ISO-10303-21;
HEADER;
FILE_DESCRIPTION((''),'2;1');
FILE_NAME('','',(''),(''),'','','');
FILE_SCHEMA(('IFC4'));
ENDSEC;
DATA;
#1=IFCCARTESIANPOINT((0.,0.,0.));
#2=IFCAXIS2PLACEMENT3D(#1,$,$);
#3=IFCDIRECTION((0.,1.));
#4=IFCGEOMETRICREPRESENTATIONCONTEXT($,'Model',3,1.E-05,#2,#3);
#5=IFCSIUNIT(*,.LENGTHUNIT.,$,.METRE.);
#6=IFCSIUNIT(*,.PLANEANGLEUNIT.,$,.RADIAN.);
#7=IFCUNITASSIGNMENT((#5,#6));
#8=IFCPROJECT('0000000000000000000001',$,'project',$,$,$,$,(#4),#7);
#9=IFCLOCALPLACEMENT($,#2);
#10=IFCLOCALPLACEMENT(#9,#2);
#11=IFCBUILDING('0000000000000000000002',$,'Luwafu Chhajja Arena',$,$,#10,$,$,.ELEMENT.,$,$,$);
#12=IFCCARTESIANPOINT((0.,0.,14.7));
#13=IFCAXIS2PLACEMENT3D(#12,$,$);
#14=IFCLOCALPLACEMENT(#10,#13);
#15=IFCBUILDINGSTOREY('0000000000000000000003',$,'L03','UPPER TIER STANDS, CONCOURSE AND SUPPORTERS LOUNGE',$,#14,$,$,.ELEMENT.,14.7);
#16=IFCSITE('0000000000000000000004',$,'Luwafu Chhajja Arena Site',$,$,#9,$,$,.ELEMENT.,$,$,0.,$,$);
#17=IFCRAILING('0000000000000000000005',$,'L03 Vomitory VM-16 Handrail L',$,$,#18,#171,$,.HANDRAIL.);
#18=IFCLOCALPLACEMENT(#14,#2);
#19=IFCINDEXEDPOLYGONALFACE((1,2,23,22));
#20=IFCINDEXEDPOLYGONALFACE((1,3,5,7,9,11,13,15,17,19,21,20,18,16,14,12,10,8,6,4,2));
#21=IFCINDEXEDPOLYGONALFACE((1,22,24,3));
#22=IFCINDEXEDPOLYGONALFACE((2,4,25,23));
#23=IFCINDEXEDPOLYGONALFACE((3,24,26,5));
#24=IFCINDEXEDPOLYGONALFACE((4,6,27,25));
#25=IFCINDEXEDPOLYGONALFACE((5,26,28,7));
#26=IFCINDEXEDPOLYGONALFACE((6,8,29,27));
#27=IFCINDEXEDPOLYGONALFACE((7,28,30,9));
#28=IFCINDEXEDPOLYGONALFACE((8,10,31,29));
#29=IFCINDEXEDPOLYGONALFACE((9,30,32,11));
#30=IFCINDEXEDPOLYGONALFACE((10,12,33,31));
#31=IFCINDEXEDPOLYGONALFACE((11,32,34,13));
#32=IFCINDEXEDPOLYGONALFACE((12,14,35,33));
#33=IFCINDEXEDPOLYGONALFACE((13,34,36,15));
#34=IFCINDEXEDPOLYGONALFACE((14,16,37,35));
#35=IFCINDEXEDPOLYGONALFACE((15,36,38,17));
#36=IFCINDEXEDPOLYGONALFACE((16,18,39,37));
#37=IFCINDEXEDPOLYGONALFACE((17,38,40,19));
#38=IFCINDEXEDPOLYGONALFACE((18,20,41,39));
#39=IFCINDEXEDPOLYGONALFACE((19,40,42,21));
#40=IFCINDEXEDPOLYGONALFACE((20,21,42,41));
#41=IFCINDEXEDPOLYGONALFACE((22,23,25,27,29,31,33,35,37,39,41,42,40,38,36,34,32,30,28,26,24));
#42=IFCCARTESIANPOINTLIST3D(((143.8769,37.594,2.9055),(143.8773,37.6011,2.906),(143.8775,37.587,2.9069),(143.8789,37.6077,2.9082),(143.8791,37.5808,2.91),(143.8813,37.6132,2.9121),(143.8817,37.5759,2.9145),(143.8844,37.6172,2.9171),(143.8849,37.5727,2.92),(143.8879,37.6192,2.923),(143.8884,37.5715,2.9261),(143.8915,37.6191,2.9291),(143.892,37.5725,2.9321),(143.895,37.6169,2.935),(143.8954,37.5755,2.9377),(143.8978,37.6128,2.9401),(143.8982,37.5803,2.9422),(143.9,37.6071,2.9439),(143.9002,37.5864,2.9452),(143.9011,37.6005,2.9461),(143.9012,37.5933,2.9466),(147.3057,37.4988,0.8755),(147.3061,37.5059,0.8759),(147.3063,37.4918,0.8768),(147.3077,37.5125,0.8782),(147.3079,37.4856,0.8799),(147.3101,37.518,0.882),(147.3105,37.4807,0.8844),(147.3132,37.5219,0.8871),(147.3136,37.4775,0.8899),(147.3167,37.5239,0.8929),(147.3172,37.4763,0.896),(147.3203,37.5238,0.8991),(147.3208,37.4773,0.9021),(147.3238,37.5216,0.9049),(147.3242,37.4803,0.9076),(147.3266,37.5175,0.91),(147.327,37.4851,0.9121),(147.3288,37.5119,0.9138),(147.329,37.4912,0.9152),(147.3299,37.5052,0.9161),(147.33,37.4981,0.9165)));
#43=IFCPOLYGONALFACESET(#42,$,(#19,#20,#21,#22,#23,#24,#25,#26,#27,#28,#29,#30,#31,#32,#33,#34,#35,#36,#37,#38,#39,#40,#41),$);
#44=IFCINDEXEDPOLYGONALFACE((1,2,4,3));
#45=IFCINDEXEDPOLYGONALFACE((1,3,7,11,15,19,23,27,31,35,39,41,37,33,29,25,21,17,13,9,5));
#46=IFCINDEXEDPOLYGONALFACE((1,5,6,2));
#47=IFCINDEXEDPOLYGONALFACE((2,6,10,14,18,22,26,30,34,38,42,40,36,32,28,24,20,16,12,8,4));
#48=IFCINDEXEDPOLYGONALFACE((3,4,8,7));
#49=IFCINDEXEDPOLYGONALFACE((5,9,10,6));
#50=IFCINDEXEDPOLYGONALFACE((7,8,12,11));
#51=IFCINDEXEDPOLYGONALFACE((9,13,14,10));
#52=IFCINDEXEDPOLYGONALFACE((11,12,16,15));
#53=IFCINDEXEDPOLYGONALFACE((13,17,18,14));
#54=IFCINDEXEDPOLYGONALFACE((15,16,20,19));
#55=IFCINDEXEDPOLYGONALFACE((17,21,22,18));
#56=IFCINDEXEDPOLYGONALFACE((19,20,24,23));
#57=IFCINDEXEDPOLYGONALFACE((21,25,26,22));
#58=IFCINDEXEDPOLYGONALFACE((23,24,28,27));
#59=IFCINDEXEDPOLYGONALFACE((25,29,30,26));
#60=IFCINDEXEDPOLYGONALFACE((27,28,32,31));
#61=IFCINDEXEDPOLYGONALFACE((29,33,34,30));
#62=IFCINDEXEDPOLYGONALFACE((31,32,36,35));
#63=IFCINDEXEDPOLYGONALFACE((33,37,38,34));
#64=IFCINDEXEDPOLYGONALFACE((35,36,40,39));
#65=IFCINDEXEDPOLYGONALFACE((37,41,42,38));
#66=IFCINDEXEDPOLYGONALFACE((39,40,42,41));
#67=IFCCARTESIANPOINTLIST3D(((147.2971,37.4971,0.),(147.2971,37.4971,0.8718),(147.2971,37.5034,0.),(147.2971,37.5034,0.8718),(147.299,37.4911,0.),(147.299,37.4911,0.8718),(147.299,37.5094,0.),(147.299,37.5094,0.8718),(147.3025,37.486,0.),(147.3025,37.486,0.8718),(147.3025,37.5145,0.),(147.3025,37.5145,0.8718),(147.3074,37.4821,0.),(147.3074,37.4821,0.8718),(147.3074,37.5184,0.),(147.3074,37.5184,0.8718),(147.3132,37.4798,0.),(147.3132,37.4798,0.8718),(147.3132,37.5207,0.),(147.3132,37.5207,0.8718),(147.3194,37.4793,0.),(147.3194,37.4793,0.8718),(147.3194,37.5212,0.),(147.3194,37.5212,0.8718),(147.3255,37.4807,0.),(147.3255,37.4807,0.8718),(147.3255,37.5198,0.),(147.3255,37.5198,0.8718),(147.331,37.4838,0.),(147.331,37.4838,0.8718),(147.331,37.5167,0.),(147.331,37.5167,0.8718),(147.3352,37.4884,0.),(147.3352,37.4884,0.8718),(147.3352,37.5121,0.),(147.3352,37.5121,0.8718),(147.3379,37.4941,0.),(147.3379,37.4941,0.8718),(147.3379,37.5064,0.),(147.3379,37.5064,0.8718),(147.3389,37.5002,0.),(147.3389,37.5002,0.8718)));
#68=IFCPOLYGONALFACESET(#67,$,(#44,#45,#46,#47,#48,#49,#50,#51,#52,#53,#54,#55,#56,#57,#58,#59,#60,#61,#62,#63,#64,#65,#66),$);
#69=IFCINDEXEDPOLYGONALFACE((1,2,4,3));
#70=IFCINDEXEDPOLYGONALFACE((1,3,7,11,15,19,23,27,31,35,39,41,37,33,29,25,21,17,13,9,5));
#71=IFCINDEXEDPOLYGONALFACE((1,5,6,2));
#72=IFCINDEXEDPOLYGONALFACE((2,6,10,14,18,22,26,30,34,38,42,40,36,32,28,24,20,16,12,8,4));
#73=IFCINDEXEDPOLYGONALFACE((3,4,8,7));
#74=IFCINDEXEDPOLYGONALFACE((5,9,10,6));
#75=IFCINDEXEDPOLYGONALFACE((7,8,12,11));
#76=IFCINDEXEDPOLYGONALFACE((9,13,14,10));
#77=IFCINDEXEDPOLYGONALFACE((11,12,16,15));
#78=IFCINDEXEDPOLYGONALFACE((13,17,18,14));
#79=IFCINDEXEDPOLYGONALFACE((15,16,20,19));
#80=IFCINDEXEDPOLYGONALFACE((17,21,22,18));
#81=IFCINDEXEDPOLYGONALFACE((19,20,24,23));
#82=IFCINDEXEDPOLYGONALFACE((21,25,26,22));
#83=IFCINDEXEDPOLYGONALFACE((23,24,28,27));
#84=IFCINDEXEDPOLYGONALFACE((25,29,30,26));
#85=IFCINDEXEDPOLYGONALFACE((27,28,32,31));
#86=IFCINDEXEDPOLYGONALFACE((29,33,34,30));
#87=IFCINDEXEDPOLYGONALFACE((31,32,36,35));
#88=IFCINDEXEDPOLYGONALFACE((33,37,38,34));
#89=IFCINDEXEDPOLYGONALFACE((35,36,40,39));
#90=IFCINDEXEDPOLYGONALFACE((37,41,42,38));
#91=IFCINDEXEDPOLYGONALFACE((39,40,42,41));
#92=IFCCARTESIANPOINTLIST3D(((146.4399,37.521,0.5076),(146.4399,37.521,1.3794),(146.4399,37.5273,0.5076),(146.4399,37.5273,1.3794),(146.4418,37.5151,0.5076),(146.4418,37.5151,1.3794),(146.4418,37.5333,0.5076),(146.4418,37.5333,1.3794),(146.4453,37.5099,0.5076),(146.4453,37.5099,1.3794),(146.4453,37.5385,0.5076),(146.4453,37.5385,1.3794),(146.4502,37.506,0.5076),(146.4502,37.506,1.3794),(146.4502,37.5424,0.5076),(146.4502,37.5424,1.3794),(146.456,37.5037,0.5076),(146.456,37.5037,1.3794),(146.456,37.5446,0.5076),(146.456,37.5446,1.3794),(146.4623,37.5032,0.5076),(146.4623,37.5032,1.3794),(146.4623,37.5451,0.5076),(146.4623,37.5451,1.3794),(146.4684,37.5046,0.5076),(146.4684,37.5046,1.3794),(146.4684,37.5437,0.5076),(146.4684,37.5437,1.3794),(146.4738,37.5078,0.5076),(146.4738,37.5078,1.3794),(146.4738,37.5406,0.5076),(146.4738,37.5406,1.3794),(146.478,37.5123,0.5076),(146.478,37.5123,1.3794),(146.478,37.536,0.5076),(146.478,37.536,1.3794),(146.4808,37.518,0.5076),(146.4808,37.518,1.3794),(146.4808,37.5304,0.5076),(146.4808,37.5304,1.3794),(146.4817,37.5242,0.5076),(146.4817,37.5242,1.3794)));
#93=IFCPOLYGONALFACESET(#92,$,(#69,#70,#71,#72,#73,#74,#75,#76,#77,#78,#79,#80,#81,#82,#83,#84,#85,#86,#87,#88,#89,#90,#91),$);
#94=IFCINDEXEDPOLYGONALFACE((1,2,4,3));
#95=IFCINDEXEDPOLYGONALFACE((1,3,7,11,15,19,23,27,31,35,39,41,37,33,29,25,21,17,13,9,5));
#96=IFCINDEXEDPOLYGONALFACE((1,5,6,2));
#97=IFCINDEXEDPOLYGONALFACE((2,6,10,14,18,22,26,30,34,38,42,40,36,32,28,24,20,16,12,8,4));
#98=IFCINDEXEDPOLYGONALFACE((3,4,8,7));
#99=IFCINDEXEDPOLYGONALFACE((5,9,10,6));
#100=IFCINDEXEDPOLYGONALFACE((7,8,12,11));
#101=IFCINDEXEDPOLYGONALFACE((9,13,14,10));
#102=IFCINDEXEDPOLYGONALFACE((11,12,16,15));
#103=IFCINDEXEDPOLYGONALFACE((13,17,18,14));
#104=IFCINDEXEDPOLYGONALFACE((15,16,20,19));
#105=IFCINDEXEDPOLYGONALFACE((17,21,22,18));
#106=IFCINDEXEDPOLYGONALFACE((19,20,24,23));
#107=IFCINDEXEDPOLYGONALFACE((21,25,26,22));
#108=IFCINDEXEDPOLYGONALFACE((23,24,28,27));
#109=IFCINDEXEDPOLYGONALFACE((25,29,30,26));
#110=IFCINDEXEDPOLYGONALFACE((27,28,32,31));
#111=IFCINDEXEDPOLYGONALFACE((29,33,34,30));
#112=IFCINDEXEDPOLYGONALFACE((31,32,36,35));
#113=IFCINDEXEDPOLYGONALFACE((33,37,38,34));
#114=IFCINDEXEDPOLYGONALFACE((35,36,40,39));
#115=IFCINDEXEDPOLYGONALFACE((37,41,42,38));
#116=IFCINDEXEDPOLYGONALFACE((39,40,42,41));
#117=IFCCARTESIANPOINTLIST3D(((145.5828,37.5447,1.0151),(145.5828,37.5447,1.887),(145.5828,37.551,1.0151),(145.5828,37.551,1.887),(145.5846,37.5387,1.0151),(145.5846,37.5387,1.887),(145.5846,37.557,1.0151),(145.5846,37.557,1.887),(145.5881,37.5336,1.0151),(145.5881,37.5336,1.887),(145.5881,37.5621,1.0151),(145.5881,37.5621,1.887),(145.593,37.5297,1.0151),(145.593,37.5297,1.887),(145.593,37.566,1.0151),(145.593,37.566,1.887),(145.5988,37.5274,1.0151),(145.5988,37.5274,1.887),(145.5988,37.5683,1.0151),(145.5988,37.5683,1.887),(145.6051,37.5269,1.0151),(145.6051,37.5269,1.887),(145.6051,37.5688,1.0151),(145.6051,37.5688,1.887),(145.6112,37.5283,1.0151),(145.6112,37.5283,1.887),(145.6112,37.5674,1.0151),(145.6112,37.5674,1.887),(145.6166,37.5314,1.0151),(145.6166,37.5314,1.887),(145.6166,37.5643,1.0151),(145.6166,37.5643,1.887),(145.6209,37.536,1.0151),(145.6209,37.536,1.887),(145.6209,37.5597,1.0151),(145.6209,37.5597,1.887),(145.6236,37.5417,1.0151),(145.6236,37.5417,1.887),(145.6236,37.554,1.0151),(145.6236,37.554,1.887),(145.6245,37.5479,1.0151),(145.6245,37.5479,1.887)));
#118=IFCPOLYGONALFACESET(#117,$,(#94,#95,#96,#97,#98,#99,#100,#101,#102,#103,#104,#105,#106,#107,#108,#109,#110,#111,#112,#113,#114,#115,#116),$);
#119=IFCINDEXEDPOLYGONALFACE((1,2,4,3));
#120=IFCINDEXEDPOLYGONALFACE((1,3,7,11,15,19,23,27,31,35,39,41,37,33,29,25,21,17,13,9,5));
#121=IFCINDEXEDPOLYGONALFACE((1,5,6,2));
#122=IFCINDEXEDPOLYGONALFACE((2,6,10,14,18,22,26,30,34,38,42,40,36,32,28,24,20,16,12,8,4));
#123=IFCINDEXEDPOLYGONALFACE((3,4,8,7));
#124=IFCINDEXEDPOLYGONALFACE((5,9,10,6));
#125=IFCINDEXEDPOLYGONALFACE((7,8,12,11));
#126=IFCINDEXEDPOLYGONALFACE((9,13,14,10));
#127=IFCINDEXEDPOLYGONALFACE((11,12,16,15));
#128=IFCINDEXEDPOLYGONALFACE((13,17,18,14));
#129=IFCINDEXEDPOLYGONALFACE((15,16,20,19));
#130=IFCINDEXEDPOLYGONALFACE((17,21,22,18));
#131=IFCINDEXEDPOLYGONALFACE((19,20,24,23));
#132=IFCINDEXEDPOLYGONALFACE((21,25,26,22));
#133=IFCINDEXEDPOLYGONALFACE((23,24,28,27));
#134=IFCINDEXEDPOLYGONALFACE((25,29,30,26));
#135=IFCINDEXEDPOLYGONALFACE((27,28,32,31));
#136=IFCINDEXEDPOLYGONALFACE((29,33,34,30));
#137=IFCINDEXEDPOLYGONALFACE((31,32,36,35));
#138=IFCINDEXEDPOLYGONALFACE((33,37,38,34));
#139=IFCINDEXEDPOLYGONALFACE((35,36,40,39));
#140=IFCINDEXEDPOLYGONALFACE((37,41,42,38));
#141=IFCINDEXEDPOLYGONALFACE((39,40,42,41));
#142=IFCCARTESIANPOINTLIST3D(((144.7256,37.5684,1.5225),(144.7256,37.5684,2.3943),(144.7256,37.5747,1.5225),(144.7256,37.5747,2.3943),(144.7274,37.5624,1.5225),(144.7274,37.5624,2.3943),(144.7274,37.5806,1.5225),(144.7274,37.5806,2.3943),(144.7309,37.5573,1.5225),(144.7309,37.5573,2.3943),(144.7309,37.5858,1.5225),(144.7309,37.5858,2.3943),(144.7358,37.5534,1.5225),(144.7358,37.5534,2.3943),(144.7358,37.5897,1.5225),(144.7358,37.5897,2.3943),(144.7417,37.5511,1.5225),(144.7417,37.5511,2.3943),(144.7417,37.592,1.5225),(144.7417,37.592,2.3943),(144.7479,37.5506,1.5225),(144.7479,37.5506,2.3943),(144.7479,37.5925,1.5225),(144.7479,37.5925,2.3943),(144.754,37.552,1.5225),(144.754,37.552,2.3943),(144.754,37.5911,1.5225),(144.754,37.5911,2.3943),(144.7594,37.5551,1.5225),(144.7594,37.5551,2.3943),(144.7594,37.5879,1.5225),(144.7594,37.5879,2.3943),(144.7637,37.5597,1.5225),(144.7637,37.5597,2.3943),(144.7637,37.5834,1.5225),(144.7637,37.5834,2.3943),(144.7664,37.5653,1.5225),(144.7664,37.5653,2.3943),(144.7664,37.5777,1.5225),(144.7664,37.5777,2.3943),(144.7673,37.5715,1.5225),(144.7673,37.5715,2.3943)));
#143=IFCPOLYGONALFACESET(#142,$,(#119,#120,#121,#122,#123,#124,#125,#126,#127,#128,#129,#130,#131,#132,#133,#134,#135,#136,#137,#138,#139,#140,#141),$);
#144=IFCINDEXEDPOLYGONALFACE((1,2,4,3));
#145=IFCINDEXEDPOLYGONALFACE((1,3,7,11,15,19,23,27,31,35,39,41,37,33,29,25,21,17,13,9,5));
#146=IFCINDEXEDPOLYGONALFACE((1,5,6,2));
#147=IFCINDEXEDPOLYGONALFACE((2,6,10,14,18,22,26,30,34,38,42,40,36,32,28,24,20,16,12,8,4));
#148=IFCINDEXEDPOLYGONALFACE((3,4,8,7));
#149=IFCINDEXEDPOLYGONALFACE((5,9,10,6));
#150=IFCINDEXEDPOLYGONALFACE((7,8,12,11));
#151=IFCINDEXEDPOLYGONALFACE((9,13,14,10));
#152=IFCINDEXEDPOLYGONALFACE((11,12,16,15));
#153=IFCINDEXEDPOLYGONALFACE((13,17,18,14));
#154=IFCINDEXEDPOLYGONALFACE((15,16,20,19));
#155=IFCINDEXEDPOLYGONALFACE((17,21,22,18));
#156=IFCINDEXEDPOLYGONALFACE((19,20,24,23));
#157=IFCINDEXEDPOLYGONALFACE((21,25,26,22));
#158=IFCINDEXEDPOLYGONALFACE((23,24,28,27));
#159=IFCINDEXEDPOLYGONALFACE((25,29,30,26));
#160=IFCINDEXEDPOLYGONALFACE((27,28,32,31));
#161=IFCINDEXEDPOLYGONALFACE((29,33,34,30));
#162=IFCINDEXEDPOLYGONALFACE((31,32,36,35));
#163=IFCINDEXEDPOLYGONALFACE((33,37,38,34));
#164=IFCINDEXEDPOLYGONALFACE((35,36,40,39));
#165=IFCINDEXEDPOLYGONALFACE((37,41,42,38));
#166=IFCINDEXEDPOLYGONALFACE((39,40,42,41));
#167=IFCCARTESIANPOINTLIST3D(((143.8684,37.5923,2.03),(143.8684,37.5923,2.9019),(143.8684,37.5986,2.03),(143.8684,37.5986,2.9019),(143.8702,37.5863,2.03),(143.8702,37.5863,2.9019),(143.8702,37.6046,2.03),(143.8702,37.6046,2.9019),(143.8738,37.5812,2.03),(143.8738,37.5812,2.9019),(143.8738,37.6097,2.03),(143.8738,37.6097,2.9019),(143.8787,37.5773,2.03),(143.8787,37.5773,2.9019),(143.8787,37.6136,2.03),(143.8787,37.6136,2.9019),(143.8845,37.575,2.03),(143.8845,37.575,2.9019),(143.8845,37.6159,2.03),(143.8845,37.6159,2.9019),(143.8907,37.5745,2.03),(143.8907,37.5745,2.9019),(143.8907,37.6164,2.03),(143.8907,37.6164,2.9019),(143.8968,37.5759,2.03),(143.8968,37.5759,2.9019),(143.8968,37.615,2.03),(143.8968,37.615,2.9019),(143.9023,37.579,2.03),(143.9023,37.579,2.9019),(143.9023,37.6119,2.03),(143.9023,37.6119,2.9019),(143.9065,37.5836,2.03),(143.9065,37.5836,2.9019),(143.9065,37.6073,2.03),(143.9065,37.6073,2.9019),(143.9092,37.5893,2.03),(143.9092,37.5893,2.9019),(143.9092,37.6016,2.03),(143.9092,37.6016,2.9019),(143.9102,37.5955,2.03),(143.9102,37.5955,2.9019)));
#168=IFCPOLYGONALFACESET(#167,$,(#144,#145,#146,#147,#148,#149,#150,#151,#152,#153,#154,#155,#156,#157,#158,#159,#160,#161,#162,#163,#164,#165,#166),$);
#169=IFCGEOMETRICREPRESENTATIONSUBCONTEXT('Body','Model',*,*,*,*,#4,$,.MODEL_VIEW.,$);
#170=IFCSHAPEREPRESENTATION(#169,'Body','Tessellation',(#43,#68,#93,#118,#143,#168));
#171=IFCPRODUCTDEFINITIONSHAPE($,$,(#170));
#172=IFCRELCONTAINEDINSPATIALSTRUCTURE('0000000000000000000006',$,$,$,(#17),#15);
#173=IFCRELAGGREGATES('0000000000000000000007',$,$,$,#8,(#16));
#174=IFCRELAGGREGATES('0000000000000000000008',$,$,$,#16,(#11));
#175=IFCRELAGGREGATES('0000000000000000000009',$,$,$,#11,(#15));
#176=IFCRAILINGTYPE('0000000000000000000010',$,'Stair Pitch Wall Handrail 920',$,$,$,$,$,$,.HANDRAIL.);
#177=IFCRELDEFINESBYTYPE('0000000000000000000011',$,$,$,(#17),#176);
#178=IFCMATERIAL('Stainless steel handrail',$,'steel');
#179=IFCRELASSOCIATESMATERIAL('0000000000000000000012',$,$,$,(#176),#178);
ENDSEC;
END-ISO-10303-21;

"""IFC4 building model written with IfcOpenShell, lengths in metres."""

from ifc_helpers import new_model, si_unit, direction, frame, origin, origin_2d, place, context, subcontext, project, spatial, circle, extrude, material, type_object, element, save


model = new_model("IFC4")

# Units and contexts
model_context = context("Model", 3, precision=1e-05, world=origin(), true_north=direction((0.0, 1.0)))
body_context = subcontext(model_context, "Body", "Model", "MODEL_VIEW")
ifc_project = project(units=[si_unit("LENGTHUNIT", "METRE"), si_unit("PLANEANGLEUNIT", "RADIAN")], contexts=[model_context])

# Site, building, storey
site_placement = place(None, origin())
site = spatial("IfcSite", under=ifc_project, at=site_placement, Name="Luwafu Chhajja Arena Site", CompositionType="ELEMENT", RefElevation=0.0)
building_placement = place(site_placement, origin())
building = spatial("IfcBuilding", under=site, at=building_placement, Name="Luwafu Chhajja Arena", CompositionType="ELEMENT")
storey_placement = place(building_placement, frame((0.0, 0.0, 14.7)))
storey = spatial("IfcBuildingStorey", under=building, at=storey_placement, Name="L03", Description="UPPER TIER STANDS, CONCOURSE AND SUPPORTERS LOUNGE", CompositionType="ELEMENT", Elevation=14.7)

# Railing
ifc_material_1 = material(Name="Stainless steel handrail", Category="steel")
railing_type_1 = type_object("IfcRailingType", Name="Stair Pitch Wall Handrail 920", PredefinedType="HANDRAIL", material=ifc_material_1)
for number, where, name in (
    (1, (147.3179, 37.5002, 0.0), "L03 Vomitory VM-16 Handrail L"),
):
    element("IfcRailing", number, at=place(storey_placement, frame(where)), inside=storey, type_object=railing_type_1, Name=name, PredefinedType="HANDRAIL", context=body_context, shape_type="SweptSolid", body=[
        extrude(circle(Radius=0.0239, at=origin_2d()), frame((0.0, 0.0, 0.896), z_axis=(-0.860244, 0.023889, 0.509323), x_axis=(-0.027759, -0.999615, 0.0)), (0.0, 0.0, 1.0), 3.9858),
        extrude(circle(Radius=0.021, at=origin_2d()), origin(), (0.0, 0.0, 1.0), 0.8718),
        extrude(circle(Radius=0.021, at=origin_2d()), frame((-0.8572, 0.0239, 0.5076)), (0.0, 0.0, 1.0), 0.8718),
        extrude(circle(Radius=0.021, at=origin_2d()), frame((-1.7144, 0.0476, 1.0151)), (0.0, 0.0, 1.0), 0.8718),
        extrude(circle(Radius=0.021, at=origin_2d()), frame((-2.5715, 0.0713, 1.5225)), (0.0, 0.0, 1.0), 0.8718),
        extrude(circle(Radius=0.021, at=origin_2d()), frame((-3.4287, 0.0952, 2.03)), (0.0, 0.0, 1.0), 0.8718),
    ])

save(model, "model.ifc")
